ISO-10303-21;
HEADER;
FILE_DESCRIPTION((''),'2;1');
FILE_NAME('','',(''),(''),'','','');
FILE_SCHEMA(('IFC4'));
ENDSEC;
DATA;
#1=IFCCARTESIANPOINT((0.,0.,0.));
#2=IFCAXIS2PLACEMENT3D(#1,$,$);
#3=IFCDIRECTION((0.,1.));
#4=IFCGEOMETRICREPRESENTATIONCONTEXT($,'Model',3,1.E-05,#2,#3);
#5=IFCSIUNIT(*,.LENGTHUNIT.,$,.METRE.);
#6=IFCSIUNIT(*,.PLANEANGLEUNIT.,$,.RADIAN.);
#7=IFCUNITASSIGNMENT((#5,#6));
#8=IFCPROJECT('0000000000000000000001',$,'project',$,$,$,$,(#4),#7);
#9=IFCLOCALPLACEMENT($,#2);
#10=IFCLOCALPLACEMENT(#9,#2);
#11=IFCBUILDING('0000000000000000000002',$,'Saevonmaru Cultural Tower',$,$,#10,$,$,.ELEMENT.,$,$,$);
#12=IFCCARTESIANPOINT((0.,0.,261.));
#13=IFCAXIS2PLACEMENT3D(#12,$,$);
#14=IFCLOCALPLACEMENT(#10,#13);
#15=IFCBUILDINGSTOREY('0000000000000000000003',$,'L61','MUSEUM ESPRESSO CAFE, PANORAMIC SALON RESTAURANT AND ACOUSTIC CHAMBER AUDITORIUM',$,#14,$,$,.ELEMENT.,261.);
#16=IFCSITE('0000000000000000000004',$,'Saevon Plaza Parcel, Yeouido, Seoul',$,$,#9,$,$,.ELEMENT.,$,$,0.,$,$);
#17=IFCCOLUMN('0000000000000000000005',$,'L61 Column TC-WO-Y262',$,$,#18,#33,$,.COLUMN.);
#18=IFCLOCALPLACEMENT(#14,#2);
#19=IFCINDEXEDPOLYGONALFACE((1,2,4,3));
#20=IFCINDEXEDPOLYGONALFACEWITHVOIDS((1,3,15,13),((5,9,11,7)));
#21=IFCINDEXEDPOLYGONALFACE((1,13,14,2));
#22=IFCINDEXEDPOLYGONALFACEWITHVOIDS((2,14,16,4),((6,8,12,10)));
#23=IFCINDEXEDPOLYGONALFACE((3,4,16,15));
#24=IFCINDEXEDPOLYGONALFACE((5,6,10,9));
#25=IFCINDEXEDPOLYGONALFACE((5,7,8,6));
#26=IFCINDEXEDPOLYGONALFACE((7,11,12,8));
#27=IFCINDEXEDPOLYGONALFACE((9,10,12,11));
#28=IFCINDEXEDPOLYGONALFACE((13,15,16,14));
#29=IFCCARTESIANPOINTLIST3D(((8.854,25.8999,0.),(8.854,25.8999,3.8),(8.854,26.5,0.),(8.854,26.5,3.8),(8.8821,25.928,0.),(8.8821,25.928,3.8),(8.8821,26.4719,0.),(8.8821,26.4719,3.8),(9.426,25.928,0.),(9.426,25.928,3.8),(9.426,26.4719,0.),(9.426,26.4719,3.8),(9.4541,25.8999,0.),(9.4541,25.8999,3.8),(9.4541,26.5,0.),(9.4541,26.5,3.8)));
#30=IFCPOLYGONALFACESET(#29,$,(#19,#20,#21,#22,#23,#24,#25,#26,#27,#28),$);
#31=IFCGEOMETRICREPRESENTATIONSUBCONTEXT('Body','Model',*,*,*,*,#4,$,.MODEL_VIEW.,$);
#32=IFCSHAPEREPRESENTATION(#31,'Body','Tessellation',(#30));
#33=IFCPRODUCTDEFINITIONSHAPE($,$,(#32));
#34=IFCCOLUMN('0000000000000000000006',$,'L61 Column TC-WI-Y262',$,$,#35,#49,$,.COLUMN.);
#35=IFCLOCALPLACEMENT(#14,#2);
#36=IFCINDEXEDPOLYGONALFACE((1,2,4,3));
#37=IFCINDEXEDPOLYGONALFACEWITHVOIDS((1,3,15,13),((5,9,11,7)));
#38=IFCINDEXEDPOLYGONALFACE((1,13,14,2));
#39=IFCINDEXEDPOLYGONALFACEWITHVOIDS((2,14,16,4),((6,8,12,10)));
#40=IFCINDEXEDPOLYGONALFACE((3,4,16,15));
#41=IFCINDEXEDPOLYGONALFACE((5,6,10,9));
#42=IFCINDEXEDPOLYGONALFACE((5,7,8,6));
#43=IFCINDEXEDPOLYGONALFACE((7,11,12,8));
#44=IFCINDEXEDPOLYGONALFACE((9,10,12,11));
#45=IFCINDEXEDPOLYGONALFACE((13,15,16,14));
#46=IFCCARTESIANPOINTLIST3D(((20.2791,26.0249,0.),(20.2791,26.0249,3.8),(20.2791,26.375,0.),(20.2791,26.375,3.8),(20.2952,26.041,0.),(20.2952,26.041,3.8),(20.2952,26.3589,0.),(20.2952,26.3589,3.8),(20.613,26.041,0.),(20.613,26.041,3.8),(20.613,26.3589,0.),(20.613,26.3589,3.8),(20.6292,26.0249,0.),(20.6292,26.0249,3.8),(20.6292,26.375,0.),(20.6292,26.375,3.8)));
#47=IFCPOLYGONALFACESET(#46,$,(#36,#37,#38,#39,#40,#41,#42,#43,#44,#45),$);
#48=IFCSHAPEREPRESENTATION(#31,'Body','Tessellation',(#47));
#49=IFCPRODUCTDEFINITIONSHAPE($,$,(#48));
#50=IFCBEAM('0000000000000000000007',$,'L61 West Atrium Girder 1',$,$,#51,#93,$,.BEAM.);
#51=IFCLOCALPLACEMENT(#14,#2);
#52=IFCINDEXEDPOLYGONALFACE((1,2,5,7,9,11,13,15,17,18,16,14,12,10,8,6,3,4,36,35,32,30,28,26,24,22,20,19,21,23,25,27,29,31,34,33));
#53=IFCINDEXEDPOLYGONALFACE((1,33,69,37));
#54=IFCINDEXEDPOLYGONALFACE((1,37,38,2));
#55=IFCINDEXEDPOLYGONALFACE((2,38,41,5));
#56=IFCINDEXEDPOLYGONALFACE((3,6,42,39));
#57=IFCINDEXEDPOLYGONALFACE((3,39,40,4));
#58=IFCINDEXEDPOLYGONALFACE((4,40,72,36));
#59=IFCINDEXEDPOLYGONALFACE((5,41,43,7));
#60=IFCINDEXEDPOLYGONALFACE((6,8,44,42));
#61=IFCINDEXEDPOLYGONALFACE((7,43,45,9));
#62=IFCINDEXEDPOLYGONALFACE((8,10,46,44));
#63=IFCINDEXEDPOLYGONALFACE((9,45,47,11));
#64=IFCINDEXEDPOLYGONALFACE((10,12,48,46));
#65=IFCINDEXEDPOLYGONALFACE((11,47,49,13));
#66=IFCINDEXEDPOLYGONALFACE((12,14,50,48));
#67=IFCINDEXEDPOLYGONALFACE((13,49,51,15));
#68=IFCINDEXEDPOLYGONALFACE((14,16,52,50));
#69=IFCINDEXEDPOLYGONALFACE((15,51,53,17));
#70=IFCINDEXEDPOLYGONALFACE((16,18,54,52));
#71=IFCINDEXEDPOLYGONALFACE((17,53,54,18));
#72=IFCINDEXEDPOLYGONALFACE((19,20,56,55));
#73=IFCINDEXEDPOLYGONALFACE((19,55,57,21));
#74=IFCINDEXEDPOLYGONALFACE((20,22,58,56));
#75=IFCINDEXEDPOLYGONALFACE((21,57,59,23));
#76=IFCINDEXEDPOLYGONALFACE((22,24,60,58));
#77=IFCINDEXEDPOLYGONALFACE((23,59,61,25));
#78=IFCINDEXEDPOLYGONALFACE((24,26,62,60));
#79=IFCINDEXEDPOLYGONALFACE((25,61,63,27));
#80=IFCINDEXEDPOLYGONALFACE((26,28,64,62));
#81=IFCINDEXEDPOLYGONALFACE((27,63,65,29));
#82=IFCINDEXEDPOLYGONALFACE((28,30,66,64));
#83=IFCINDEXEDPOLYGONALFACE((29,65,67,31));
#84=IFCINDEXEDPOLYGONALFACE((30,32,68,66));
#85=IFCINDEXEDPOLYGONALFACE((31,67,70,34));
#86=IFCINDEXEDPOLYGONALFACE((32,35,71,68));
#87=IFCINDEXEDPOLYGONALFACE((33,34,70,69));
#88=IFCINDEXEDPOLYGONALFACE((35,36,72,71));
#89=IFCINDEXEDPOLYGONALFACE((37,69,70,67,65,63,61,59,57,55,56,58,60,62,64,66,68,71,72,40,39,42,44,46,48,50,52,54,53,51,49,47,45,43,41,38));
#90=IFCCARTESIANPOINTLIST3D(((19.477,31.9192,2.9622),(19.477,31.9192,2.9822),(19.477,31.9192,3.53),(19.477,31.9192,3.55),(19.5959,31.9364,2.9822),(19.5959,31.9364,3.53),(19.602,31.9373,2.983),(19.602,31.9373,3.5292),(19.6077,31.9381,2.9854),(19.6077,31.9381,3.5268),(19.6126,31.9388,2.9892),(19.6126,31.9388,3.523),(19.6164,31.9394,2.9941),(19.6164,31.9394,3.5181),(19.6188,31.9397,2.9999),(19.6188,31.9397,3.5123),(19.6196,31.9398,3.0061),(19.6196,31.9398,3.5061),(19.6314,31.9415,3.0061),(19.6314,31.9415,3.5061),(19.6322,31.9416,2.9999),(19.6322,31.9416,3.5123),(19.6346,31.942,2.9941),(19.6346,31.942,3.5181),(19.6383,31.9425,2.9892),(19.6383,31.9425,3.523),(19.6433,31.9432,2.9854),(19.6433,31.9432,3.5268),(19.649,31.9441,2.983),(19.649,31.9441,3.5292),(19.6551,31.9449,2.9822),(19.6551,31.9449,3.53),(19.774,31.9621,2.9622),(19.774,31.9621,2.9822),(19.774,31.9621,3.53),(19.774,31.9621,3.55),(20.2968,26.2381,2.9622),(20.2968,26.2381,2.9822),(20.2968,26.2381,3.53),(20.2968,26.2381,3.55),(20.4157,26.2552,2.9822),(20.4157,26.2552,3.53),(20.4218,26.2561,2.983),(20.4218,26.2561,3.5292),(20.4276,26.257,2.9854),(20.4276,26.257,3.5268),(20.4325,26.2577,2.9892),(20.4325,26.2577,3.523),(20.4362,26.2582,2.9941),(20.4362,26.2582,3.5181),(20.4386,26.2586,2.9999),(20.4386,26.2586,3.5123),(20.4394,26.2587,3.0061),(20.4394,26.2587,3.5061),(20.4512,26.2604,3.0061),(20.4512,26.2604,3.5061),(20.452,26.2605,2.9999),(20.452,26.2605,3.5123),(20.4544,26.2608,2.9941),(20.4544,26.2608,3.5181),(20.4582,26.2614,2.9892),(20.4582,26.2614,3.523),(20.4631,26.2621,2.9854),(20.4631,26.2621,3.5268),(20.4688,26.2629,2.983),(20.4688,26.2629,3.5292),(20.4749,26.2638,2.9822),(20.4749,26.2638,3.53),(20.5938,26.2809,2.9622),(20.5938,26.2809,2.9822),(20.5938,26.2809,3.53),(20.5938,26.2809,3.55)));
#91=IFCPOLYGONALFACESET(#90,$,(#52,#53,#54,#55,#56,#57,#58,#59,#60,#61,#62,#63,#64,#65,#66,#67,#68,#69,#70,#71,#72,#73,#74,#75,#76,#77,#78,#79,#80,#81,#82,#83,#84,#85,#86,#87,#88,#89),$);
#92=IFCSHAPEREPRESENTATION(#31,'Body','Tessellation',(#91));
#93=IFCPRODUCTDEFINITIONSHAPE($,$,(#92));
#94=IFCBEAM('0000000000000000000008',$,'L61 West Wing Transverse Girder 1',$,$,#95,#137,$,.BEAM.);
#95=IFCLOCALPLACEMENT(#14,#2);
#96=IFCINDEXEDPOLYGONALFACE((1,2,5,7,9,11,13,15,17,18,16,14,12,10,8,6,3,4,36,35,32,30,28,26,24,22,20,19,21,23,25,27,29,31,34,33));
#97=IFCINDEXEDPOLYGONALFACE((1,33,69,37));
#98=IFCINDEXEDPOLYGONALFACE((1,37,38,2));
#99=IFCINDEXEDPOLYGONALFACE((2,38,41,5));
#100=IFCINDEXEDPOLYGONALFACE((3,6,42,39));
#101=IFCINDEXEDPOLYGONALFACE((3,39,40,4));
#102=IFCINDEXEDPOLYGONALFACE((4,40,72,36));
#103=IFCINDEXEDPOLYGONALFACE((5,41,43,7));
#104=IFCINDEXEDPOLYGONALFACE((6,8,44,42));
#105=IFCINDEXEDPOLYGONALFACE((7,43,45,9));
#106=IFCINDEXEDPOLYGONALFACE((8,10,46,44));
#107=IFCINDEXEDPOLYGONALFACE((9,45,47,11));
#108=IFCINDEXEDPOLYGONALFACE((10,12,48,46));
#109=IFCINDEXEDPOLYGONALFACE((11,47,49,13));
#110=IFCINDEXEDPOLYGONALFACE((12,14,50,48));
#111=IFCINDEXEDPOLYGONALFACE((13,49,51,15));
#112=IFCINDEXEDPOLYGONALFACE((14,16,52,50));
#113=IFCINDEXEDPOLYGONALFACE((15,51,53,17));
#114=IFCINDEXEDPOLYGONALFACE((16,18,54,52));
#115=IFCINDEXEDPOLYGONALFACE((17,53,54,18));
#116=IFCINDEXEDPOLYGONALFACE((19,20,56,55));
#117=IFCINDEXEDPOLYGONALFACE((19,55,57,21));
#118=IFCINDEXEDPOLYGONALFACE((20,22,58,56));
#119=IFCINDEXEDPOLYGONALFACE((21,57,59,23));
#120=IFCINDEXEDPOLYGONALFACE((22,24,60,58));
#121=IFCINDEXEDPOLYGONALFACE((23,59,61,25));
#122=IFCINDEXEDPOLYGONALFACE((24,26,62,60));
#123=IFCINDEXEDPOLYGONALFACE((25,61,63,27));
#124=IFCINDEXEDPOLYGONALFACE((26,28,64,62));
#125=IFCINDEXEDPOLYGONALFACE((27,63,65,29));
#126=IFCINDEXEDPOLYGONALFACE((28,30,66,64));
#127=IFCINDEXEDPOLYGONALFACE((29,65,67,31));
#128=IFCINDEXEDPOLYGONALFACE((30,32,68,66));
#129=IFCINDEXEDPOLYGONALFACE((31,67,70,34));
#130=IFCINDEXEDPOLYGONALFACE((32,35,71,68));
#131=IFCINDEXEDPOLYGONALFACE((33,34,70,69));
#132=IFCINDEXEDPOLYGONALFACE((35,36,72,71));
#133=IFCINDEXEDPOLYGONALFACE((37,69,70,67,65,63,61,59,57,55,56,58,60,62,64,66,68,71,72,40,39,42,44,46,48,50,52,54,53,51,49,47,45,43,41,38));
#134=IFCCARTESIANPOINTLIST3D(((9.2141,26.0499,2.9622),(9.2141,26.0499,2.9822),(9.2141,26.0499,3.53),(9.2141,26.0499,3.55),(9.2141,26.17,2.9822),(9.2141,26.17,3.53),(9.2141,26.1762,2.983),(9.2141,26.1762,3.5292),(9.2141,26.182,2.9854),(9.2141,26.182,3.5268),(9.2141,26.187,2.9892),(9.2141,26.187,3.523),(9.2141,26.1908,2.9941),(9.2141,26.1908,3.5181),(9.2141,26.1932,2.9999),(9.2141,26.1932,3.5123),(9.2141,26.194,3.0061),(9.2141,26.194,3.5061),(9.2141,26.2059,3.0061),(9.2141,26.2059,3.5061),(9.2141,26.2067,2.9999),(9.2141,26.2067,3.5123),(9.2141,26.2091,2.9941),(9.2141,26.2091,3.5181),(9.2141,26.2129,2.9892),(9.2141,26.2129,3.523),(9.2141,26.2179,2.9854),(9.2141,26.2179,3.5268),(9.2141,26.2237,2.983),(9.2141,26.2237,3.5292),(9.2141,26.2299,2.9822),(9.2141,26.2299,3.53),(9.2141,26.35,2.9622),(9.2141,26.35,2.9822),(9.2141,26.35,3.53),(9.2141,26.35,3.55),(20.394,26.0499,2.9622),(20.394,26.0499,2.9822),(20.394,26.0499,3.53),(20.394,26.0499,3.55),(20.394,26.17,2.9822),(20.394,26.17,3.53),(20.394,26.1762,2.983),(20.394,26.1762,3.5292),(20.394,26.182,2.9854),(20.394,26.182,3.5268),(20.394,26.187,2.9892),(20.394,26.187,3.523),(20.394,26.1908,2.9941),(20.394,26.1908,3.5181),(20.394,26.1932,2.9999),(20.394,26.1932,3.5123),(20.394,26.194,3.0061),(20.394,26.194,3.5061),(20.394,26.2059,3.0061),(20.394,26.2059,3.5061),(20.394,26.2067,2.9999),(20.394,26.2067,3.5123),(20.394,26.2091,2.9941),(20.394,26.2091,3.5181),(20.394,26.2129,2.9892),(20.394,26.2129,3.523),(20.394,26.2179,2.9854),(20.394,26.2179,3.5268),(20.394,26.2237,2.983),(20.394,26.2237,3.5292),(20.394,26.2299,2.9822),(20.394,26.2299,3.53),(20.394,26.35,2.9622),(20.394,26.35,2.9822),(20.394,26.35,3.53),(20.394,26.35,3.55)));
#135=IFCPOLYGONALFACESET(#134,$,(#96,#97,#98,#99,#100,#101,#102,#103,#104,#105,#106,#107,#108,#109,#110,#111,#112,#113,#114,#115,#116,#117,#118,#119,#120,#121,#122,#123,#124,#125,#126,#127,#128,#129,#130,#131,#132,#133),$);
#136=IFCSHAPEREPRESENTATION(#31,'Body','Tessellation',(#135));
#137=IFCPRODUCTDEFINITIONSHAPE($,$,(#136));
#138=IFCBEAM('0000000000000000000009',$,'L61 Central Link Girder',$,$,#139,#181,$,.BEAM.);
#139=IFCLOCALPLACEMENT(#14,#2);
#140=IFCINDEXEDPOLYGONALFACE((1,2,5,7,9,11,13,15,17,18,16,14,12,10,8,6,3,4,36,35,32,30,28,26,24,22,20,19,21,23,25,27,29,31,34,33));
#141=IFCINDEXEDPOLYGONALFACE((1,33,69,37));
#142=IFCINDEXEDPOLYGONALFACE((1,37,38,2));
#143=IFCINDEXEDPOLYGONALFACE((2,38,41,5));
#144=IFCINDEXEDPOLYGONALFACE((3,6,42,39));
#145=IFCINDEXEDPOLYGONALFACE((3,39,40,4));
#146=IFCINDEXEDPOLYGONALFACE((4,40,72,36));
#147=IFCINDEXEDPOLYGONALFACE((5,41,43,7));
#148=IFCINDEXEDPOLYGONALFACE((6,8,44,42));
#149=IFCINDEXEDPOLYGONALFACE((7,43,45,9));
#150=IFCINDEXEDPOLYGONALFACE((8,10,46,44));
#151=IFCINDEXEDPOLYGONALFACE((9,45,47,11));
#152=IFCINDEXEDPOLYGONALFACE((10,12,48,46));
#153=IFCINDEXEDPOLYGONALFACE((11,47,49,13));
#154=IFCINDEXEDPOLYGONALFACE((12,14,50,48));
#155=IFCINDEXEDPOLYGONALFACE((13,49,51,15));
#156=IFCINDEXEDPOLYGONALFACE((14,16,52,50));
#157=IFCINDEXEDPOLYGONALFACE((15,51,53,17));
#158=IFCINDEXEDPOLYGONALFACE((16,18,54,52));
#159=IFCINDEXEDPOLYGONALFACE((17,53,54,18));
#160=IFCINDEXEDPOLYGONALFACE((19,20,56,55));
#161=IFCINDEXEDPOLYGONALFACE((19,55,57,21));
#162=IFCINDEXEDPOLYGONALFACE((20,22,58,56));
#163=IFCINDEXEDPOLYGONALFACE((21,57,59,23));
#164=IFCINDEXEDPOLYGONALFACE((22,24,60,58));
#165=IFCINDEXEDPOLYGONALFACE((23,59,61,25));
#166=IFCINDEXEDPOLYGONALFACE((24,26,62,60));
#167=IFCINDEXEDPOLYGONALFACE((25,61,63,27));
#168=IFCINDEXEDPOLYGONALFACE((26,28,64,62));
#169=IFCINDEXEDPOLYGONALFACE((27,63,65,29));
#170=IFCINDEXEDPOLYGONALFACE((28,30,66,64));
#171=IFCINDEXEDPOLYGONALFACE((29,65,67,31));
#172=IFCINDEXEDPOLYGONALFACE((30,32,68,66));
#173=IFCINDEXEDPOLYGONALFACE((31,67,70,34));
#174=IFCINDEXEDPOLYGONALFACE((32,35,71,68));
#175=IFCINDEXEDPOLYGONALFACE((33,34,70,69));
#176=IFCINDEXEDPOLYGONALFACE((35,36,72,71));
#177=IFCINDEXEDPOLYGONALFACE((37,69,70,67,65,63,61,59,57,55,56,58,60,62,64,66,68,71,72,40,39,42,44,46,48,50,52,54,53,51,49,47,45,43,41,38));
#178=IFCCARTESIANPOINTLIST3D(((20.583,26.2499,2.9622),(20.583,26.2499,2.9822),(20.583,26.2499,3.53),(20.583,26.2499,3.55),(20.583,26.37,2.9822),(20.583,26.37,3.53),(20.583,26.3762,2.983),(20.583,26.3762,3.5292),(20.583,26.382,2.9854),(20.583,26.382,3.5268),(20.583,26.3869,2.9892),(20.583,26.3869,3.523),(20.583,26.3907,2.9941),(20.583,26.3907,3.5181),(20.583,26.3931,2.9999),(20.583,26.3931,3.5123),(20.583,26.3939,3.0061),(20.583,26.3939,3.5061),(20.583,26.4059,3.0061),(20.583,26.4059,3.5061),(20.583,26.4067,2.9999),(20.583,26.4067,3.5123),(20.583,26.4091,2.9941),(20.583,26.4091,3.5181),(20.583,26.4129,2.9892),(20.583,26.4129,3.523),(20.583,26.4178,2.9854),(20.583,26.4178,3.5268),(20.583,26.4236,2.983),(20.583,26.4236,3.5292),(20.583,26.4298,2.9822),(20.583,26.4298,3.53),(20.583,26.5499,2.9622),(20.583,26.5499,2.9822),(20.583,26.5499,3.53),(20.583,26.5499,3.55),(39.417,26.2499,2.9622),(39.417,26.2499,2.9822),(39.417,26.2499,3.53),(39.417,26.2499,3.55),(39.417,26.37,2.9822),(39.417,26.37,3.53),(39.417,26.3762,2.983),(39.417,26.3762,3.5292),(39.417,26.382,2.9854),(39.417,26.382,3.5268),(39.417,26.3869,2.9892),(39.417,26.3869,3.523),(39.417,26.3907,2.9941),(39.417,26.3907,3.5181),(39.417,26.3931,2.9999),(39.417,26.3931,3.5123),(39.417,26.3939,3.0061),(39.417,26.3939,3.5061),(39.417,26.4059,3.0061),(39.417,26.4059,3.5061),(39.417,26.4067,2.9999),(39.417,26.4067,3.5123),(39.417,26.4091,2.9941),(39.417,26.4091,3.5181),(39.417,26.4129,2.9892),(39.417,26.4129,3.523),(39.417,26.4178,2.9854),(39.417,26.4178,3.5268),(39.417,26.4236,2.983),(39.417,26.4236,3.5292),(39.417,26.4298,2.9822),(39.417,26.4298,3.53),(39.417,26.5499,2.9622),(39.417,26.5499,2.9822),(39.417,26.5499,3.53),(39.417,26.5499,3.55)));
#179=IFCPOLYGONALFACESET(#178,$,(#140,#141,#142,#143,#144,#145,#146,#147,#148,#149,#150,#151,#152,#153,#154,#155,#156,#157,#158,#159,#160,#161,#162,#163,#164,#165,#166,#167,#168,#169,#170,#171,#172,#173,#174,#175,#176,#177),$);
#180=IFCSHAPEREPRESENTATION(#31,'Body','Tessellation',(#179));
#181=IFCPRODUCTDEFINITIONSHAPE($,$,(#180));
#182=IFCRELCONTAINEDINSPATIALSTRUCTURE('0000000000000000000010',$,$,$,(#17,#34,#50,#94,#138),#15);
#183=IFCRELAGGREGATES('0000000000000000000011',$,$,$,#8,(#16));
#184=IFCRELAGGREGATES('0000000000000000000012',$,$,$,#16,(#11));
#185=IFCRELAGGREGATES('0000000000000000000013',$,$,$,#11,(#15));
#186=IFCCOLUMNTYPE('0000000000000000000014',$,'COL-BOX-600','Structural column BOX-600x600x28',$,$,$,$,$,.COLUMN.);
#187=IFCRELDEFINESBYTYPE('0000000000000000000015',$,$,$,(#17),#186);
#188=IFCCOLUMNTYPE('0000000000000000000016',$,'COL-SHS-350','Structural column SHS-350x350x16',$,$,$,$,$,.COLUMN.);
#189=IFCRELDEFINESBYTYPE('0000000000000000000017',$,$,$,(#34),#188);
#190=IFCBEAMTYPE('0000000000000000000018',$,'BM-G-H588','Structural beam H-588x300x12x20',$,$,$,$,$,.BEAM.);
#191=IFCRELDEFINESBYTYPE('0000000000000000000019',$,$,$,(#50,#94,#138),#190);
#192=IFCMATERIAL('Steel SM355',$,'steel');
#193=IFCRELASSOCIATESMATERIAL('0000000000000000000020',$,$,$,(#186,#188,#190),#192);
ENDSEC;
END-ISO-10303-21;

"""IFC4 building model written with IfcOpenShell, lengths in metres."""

from ifc_helpers import new_model, si_unit, direction, frame, origin, origin_2d, place, context, subcontext, project, spatial, hollow_rectangle, i_section, extrude, material, material_profile, profile_set, type_object, element, save


model = new_model("IFC4")

# Units and contexts
model_context = context("Model", 3, precision=1e-05, world=origin(), true_north=direction((0.0, 1.0)))
body_context = subcontext(model_context, "Body", "Model", "MODEL_VIEW")
ifc_project = project(units=[si_unit("LENGTHUNIT", "METRE"), si_unit("PLANEANGLEUNIT", "RADIAN")], contexts=[model_context])

# Site, building, storey
site_placement = place(None, origin())
site = spatial("IfcSite", under=ifc_project, at=site_placement, Name="Saevon Plaza Parcel, Yeouido, Seoul", CompositionType="ELEMENT", RefElevation=0.0)
building_placement = place(site_placement, origin())
building = spatial("IfcBuilding", under=site, at=building_placement, Name="Saevonmaru Cultural Tower", CompositionType="ELEMENT")
storey_placement = place(building_placement, frame((0.0, 0.0, 261.0)))
storey = spatial("IfcBuildingStorey", under=building, at=storey_placement, Name="L61", Description="MUSEUM ESPRESSO CAFE, PANORAMIC SALON RESTAURANT AND ACOUSTIC CHAMBER AUDITORIUM", CompositionType="ELEMENT", Elevation=261.0)

# Columns
ifc_material_1 = material(Name="Steel SM355", Category="steel")
ifc_material_profile_1 = material_profile(ifc_material_1, hollow_rectangle(XDim=0.6001, YDim=0.6001, WallThickness=0.0281, at=origin_2d()), Name="BOX-600x600x28")
ifc_profile_set_1 = profile_set([ifc_material_profile_1], Name="Steel SM355")
column_type_1 = type_object("IfcColumnType", Name="COL-BOX-600", Description="Structural column BOX-600x600x28", PredefinedType="COLUMN", material=ifc_profile_set_1)
column_1_placement = place(storey_placement, frame((9.1541, 26.2, 0.0), z_axis=(0.0, 0.0, 1.0), x_axis=(1.0, 0.0, 0.0)))
element("IfcColumn", 1, at=column_1_placement, inside=storey, type_object=column_type_1, Name="L61 Column TC-WO-Y262", PredefinedType="COLUMN", context=body_context, shape_type="SweptSolid", body=[
    extrude(hollow_rectangle(XDim=0.6001, YDim=0.6001, WallThickness=0.0281, at=origin_2d()), origin(), (0.0, 0.0, 1.0), 3.8),
])
ifc_material_profile_2 = material_profile(ifc_material_1, hollow_rectangle(XDim=0.3501, YDim=0.3501, WallThickness=0.0161, at=origin_2d()), Name="SHS-350x350x16")
ifc_profile_set_2 = profile_set([ifc_material_profile_2], Name="Steel SM355")
column_type_2 = type_object("IfcColumnType", Name="COL-SHS-350", Description="Structural column SHS-350x350x16", PredefinedType="COLUMN", material=ifc_profile_set_2)
column_2_placement = place(storey_placement, frame((20.4541, 26.2, 0.0), z_axis=(0.0, 0.0, 1.0), x_axis=(1.0, 0.0, 0.0)))
element("IfcColumn", 2, at=column_2_placement, inside=storey, type_object=column_type_2, Name="L61 Column TC-WI-Y262", PredefinedType="COLUMN", context=body_context, shape_type="SweptSolid", body=[
    extrude(hollow_rectangle(XDim=0.3501, YDim=0.3501, WallThickness=0.0161, at=origin_2d()), origin(), (0.0, 0.0, 1.0), 3.8),
])

# Beams
ifc_material_profile_3 = material_profile(ifc_material_1, i_section(OverallWidth=0.3, OverallDepth=0.5879, WebThickness=0.012, FlangeThickness=0.02, FilletRadius=0.0239, at=origin_2d()), Name="H-588x300x12x20")
ifc_profile_set_3 = profile_set([ifc_material_profile_3], Name="Steel SM355")
beam_type_1 = type_object("IfcBeamType", Name="BM-G-H588", Description="Structural beam H-588x300x12x20", PredefinedType="BEAM", material=ifc_profile_set_3)
beam_1_placement = place(storey_placement, frame((20.4453, 26.2595, 3.2561), z_axis=(-0.142827, 0.989748, 0.0), x_axis=(-0.989748, -0.142827, 0.0)))
element("IfcBeam", 3, at=beam_1_placement, inside=storey, type_object=beam_type_1, Name="L61 West Atrium Girder 1", PredefinedType="BEAM", context=body_context, shape_type="SweptSolid", body=[
    extrude(i_section(OverallWidth=0.3, OverallDepth=0.5879, WebThickness=0.012, FlangeThickness=0.02, FilletRadius=0.0239, at=origin_2d()), origin(), (0.0, 0.0, 1.0), 5.74),
])
beam_2_placement = place(storey_placement, frame((9.2141, 26.2, 3.2561), z_axis=(1.0, 0.0, 0.0), x_axis=(0.0, 1.0, 0.0)))
element("IfcBeam", 4, at=beam_2_placement, inside=storey, type_object=beam_type_1, Name="L61 West Wing Transverse Girder 1", PredefinedType="BEAM", context=body_context, shape_type="SweptSolid", body=[
    extrude(i_section(OverallWidth=0.3, OverallDepth=0.5879, WebThickness=0.012, FlangeThickness=0.02, FilletRadius=0.0239, at=origin_2d()), origin(), (0.0, 0.0, 1.0), 11.1799),
])
beam_3_placement = place(storey_placement, frame((20.583, 26.3999, 3.2561), z_axis=(1.0, 0.0, 0.0), x_axis=(0.0, 1.0, 0.0)))
element("IfcBeam", 5, at=beam_3_placement, inside=storey, type_object=beam_type_1, Name="L61 Central Link Girder", PredefinedType="BEAM", context=body_context, shape_type="SweptSolid", body=[
    extrude(i_section(OverallWidth=0.3, OverallDepth=0.5879, WebThickness=0.012, FlangeThickness=0.02, FilletRadius=0.0239, at=origin_2d()), origin(), (0.0, 0.0, 1.0), 18.834),
])

save(model, "model.ifc")
